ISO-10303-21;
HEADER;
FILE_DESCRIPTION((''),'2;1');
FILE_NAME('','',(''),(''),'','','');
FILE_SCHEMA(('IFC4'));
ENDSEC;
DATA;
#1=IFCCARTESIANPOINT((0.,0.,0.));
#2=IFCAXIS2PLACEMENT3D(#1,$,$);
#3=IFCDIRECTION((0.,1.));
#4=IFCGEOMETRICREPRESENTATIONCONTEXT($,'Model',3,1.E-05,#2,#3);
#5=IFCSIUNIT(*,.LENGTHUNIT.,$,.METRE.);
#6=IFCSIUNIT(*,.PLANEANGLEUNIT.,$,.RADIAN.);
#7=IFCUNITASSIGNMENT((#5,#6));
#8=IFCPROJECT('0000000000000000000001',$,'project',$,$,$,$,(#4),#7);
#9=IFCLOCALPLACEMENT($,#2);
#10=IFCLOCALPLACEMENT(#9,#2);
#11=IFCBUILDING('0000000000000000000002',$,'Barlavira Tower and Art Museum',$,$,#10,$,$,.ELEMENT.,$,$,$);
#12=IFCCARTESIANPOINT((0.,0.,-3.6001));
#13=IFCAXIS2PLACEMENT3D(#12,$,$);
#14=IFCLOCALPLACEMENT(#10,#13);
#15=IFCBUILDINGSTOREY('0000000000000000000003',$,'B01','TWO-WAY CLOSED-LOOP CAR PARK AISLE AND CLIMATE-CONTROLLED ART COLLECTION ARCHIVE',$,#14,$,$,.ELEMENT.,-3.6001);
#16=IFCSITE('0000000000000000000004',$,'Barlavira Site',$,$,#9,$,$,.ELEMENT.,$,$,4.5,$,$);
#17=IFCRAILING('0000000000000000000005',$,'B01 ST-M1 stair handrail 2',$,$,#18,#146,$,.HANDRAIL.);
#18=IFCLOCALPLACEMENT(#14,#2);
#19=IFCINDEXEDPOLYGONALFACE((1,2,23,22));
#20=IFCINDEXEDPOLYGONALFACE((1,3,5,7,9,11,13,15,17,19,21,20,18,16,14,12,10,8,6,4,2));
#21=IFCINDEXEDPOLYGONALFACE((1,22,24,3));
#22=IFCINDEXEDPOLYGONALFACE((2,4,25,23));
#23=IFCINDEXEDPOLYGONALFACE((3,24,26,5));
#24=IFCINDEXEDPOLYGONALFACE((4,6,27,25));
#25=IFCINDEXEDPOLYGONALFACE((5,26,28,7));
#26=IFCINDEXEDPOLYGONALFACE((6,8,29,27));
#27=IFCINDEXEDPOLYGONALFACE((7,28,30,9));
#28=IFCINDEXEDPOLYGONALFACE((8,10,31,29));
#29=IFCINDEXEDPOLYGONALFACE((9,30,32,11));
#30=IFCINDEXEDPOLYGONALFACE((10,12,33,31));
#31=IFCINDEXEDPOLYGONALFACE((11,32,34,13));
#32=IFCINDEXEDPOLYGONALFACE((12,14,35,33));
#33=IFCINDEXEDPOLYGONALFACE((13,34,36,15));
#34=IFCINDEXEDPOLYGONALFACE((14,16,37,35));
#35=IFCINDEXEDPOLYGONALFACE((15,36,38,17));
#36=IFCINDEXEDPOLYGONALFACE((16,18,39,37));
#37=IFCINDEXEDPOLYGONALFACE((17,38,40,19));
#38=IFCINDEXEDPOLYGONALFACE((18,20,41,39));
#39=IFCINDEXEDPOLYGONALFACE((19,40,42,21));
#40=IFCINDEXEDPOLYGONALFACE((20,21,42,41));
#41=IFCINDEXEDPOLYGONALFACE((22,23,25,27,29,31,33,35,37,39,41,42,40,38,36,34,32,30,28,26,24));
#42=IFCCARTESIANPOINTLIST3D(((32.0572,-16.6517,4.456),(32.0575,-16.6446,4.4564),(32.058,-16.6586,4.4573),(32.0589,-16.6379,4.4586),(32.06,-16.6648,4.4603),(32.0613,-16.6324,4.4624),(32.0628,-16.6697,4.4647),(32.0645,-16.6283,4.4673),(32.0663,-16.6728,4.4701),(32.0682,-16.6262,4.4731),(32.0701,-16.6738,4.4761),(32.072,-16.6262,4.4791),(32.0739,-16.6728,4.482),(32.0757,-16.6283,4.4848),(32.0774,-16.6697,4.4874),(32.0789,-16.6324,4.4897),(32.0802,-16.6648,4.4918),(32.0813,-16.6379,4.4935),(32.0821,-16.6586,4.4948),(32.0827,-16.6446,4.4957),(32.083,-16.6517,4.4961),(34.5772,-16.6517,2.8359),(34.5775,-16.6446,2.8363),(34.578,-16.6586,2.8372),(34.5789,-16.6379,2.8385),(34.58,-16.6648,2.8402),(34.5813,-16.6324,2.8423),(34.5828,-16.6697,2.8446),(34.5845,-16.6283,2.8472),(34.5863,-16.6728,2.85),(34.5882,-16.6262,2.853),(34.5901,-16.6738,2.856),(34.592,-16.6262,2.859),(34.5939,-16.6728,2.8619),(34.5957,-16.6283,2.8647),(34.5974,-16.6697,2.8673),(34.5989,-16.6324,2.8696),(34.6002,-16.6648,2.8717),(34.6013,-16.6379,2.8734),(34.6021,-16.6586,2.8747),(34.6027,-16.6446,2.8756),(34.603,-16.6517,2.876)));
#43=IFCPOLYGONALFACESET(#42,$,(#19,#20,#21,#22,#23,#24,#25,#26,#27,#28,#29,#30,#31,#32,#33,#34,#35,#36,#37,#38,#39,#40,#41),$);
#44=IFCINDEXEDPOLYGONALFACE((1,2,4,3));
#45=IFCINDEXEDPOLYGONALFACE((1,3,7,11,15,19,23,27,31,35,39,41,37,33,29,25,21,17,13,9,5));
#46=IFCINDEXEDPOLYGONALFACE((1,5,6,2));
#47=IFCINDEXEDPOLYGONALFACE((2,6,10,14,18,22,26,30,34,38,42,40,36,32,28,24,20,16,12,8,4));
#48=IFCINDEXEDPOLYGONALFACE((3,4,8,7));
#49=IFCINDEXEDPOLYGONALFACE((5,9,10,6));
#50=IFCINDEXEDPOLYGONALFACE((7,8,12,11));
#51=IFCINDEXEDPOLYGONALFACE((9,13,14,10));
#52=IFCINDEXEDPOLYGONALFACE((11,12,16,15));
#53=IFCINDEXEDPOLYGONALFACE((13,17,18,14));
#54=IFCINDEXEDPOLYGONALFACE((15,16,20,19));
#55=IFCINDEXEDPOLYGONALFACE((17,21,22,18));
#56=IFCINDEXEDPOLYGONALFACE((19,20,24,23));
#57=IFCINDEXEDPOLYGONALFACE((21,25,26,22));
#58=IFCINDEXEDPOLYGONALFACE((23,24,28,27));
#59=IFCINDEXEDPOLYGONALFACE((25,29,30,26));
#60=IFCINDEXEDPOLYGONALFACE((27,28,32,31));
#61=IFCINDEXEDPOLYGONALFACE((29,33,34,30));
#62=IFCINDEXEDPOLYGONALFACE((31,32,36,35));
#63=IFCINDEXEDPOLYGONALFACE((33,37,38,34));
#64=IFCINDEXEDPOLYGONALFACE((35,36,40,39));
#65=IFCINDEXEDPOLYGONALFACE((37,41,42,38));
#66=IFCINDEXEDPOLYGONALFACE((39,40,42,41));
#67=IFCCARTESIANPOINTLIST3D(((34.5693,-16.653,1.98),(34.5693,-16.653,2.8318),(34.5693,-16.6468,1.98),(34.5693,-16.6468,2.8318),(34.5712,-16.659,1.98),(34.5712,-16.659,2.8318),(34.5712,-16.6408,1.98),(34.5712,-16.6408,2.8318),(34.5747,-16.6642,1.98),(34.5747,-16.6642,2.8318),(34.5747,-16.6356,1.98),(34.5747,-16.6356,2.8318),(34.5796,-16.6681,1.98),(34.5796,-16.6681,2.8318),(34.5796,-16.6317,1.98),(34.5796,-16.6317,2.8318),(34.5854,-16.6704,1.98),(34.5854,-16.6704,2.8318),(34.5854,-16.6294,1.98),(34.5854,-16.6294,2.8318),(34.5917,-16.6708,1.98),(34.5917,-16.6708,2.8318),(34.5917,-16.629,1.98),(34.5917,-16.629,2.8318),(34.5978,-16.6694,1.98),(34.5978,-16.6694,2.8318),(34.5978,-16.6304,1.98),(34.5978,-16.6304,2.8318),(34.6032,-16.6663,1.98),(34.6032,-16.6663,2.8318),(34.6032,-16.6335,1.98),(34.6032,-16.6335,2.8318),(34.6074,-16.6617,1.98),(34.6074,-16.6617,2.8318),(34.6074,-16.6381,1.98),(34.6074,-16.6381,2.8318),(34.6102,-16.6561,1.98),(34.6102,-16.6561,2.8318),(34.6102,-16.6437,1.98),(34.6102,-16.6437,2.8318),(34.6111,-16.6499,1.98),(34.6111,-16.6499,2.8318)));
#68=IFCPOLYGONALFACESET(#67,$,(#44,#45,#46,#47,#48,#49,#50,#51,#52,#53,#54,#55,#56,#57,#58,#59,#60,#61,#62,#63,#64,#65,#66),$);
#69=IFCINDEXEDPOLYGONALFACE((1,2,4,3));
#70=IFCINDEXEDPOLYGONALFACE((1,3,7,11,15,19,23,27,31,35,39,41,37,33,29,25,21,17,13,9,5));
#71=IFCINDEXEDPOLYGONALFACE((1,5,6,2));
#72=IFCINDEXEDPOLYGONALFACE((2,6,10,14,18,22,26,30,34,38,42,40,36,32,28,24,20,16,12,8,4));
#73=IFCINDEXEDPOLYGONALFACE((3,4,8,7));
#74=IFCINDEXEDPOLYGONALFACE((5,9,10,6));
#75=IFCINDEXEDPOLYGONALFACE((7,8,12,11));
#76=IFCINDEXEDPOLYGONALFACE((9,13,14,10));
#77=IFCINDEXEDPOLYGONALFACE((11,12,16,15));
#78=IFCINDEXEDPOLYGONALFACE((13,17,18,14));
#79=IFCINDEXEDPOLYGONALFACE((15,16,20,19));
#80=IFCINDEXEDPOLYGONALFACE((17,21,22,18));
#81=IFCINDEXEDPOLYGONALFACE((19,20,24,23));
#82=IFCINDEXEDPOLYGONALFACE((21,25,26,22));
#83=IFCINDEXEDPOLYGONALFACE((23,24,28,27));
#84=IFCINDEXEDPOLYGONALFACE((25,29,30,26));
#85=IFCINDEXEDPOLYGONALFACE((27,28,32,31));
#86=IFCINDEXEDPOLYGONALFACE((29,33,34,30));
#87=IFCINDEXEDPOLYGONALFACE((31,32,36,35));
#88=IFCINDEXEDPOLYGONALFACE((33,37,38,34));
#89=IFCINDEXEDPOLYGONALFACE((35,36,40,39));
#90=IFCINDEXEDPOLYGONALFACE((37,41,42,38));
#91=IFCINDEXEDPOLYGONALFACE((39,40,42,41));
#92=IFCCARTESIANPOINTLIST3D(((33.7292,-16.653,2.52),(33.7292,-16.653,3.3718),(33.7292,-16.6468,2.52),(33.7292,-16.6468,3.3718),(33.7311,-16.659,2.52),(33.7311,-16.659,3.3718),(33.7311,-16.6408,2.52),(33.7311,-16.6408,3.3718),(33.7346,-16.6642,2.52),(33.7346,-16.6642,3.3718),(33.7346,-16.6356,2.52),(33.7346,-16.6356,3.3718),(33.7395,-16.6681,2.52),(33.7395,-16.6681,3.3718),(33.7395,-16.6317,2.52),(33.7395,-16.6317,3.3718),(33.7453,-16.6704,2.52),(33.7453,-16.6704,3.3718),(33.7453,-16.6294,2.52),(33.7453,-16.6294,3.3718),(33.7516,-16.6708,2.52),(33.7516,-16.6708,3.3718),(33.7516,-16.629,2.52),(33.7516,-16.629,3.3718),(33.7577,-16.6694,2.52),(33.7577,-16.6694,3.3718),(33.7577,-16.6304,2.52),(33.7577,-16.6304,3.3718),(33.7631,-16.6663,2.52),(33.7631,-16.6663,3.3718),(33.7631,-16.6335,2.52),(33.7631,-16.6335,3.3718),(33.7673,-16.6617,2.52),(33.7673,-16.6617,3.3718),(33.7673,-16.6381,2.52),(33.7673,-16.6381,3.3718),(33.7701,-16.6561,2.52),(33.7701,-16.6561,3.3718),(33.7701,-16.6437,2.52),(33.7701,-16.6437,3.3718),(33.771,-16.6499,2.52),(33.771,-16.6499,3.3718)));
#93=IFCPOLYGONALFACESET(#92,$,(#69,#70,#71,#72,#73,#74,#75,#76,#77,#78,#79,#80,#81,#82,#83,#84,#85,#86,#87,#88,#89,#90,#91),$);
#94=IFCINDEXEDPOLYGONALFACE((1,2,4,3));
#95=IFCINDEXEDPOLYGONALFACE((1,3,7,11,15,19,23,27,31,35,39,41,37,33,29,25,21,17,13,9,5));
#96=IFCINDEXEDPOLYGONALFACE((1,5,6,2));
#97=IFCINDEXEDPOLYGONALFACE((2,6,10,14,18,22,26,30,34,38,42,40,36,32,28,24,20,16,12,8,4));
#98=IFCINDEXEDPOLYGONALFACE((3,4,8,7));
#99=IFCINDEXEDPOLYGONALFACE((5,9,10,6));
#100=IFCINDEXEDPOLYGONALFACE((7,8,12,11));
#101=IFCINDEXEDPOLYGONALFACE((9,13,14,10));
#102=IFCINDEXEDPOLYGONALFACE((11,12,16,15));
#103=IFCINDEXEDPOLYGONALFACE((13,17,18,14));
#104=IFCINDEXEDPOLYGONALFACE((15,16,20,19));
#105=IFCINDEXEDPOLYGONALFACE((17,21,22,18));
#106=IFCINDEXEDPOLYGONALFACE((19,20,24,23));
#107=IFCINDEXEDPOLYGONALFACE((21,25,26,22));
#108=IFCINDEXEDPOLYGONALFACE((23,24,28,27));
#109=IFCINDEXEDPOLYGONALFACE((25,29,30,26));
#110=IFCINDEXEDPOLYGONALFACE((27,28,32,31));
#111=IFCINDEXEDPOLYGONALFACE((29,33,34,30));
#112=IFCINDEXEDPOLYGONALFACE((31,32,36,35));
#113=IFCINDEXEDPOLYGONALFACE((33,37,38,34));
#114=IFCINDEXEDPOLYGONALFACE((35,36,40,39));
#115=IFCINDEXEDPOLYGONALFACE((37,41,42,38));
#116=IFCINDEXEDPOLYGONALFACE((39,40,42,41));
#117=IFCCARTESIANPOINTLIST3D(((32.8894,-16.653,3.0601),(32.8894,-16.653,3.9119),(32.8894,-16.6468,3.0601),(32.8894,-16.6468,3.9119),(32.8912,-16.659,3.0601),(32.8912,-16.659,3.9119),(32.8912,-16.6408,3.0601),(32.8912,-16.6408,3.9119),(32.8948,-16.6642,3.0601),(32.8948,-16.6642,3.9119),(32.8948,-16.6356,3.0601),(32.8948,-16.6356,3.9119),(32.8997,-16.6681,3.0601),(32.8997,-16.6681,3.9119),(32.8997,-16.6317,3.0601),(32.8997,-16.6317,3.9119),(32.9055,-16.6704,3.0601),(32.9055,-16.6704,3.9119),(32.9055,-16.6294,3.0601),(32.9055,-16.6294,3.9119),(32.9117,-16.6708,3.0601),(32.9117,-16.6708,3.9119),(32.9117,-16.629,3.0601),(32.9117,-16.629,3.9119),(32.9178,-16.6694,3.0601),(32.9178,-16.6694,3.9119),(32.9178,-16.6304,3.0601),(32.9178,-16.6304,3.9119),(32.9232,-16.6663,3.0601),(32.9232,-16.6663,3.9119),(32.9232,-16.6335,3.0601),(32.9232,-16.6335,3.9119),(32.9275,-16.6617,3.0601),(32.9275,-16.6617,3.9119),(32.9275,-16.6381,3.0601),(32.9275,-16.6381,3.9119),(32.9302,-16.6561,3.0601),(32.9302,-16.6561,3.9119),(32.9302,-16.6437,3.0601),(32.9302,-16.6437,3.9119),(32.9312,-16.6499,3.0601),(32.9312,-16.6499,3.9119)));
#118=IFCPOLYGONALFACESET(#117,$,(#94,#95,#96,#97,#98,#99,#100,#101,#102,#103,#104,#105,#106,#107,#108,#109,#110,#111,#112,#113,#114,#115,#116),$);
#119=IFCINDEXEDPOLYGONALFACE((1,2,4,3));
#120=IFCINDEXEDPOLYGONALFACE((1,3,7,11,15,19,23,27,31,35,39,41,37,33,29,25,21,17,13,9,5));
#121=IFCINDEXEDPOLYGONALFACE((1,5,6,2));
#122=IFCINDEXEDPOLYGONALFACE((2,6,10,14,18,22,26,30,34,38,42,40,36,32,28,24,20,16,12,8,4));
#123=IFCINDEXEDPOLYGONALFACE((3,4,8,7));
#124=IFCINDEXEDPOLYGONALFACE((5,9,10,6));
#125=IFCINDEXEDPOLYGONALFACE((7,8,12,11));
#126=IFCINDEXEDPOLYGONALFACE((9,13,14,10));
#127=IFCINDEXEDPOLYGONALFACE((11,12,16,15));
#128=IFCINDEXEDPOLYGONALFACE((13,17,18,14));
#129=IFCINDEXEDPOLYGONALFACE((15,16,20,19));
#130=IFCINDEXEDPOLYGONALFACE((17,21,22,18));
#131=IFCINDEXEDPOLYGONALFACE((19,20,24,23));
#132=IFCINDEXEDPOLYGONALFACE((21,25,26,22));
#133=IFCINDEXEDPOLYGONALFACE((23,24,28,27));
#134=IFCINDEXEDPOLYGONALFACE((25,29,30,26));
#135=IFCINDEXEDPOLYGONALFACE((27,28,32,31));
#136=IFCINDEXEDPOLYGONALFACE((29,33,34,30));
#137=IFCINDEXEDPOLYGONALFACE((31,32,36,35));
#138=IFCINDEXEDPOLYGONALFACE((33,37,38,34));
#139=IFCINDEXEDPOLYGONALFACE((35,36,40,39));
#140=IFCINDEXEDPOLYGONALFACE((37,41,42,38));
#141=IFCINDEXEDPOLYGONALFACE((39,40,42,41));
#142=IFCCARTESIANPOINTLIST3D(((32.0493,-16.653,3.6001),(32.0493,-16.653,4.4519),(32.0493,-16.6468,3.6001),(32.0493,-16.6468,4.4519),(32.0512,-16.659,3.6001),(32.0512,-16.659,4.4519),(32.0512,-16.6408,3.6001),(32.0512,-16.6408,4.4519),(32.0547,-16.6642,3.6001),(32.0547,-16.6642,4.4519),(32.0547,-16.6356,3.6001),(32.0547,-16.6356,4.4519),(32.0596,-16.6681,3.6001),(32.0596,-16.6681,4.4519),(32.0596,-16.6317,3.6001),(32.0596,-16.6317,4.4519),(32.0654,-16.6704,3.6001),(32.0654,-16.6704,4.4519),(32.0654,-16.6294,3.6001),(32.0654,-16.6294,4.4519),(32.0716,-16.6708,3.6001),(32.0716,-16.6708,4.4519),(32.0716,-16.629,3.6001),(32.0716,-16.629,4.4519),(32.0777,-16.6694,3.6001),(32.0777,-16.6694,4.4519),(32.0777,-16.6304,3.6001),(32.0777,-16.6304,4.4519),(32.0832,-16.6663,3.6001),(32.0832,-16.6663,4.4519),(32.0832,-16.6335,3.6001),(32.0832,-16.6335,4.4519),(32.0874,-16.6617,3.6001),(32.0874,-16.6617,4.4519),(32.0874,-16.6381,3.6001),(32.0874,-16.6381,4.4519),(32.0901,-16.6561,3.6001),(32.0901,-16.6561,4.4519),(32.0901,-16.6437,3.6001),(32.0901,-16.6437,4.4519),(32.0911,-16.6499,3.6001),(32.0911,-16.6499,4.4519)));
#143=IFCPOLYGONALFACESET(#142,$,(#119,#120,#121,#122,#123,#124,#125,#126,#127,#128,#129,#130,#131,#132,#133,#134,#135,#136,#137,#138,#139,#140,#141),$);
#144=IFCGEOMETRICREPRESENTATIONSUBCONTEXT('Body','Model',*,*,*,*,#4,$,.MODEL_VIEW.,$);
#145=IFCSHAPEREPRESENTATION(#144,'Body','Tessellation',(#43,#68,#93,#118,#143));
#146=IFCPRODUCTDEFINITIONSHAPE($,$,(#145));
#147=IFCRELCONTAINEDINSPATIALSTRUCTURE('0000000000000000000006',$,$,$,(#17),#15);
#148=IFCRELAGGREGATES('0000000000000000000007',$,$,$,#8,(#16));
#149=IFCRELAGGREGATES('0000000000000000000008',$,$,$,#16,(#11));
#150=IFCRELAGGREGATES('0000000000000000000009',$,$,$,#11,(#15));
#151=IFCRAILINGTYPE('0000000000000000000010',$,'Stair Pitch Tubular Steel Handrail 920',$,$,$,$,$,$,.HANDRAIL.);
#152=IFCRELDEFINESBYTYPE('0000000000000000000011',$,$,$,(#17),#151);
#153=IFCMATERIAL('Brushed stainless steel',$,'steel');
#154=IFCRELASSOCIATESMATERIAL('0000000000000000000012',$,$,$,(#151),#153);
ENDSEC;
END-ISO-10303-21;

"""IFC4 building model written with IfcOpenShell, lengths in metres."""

from ifc_helpers import new_model, si_unit, direction, frame, origin, origin_2d, place, context, subcontext, project, spatial, circle, extrude, material, type_object, element, save


model = new_model("IFC4")

# Units and contexts
model_context = context("Model", 3, precision=1e-05, world=origin(), true_north=direction((0.0, 1.0)))
body_context = subcontext(model_context, "Body", "Model", "MODEL_VIEW")
ifc_project = project(units=[si_unit("LENGTHUNIT", "METRE"), si_unit("PLANEANGLEUNIT", "RADIAN")], contexts=[model_context])

# Site, building, storey
site_placement = place(None, origin())
site = spatial("IfcSite", under=ifc_project, at=site_placement, Name="Barlavira Site", CompositionType="ELEMENT", RefElevation=4.5)
building_placement = place(site_placement, origin())
building = spatial("IfcBuilding", under=site, at=building_placement, Name="Barlavira Tower and Art Museum", CompositionType="ELEMENT")
storey_placement = place(building_placement, frame((0.0, 0.0, -3.6001)))
storey = spatial("IfcBuildingStorey", under=building, at=storey_placement, Name="B01", Description="TWO-WAY CLOSED-LOOP CAR PARK AISLE AND CLIMATE-CONTROLLED ART COLLECTION ARCHIVE", CompositionType="ELEMENT", Elevation=-3.6001)

# Shared definitions
ifc_material_1 = material(Name="Brushed stainless steel", Category="steel")

# Railing
railing_type_1 = type_object("IfcRailingType", Name="Stair Pitch Tubular Steel Handrail 920", PredefinedType="HANDRAIL", material=ifc_material_1)
railing_1_placement = place(storey_placement, frame((34.5901, -16.6499, 1.98)))
element("IfcRailing", 1, at=railing_1_placement, inside=storey, type_object=railing_type_1, Name="B01 ST-M1 stair handrail 2", PredefinedType="HANDRAIL", context=body_context, shape_type="SweptSolid", body=[
    extrude(circle(Radius=0.0239, at=origin_2d()), frame((0.0, 0.0, 0.876), z_axis=(-0.841163, 0.0, 0.540782), x_axis=(0.0, -1.0, 0.0)), (0.0, 0.0, 1.0), 2.9958),
    extrude(circle(Radius=0.021, at=origin_2d()), origin(), (0.0, 0.0, 1.0), 0.8518),
    extrude(circle(Radius=0.021, at=origin_2d()), frame((-0.8401, 0.0, 0.54)), (0.0, 0.0, 1.0), 0.8518),
    extrude(circle(Radius=0.021, at=origin_2d()), frame((-1.6799, 0.0, 1.0801)), (0.0, 0.0, 1.0), 0.8518),
    extrude(circle(Radius=0.021, at=origin_2d()), frame((-2.52, 0.0, 1.6201)), (0.0, 0.0, 1.0), 0.8518),
])

save(model, "model.ifc")
